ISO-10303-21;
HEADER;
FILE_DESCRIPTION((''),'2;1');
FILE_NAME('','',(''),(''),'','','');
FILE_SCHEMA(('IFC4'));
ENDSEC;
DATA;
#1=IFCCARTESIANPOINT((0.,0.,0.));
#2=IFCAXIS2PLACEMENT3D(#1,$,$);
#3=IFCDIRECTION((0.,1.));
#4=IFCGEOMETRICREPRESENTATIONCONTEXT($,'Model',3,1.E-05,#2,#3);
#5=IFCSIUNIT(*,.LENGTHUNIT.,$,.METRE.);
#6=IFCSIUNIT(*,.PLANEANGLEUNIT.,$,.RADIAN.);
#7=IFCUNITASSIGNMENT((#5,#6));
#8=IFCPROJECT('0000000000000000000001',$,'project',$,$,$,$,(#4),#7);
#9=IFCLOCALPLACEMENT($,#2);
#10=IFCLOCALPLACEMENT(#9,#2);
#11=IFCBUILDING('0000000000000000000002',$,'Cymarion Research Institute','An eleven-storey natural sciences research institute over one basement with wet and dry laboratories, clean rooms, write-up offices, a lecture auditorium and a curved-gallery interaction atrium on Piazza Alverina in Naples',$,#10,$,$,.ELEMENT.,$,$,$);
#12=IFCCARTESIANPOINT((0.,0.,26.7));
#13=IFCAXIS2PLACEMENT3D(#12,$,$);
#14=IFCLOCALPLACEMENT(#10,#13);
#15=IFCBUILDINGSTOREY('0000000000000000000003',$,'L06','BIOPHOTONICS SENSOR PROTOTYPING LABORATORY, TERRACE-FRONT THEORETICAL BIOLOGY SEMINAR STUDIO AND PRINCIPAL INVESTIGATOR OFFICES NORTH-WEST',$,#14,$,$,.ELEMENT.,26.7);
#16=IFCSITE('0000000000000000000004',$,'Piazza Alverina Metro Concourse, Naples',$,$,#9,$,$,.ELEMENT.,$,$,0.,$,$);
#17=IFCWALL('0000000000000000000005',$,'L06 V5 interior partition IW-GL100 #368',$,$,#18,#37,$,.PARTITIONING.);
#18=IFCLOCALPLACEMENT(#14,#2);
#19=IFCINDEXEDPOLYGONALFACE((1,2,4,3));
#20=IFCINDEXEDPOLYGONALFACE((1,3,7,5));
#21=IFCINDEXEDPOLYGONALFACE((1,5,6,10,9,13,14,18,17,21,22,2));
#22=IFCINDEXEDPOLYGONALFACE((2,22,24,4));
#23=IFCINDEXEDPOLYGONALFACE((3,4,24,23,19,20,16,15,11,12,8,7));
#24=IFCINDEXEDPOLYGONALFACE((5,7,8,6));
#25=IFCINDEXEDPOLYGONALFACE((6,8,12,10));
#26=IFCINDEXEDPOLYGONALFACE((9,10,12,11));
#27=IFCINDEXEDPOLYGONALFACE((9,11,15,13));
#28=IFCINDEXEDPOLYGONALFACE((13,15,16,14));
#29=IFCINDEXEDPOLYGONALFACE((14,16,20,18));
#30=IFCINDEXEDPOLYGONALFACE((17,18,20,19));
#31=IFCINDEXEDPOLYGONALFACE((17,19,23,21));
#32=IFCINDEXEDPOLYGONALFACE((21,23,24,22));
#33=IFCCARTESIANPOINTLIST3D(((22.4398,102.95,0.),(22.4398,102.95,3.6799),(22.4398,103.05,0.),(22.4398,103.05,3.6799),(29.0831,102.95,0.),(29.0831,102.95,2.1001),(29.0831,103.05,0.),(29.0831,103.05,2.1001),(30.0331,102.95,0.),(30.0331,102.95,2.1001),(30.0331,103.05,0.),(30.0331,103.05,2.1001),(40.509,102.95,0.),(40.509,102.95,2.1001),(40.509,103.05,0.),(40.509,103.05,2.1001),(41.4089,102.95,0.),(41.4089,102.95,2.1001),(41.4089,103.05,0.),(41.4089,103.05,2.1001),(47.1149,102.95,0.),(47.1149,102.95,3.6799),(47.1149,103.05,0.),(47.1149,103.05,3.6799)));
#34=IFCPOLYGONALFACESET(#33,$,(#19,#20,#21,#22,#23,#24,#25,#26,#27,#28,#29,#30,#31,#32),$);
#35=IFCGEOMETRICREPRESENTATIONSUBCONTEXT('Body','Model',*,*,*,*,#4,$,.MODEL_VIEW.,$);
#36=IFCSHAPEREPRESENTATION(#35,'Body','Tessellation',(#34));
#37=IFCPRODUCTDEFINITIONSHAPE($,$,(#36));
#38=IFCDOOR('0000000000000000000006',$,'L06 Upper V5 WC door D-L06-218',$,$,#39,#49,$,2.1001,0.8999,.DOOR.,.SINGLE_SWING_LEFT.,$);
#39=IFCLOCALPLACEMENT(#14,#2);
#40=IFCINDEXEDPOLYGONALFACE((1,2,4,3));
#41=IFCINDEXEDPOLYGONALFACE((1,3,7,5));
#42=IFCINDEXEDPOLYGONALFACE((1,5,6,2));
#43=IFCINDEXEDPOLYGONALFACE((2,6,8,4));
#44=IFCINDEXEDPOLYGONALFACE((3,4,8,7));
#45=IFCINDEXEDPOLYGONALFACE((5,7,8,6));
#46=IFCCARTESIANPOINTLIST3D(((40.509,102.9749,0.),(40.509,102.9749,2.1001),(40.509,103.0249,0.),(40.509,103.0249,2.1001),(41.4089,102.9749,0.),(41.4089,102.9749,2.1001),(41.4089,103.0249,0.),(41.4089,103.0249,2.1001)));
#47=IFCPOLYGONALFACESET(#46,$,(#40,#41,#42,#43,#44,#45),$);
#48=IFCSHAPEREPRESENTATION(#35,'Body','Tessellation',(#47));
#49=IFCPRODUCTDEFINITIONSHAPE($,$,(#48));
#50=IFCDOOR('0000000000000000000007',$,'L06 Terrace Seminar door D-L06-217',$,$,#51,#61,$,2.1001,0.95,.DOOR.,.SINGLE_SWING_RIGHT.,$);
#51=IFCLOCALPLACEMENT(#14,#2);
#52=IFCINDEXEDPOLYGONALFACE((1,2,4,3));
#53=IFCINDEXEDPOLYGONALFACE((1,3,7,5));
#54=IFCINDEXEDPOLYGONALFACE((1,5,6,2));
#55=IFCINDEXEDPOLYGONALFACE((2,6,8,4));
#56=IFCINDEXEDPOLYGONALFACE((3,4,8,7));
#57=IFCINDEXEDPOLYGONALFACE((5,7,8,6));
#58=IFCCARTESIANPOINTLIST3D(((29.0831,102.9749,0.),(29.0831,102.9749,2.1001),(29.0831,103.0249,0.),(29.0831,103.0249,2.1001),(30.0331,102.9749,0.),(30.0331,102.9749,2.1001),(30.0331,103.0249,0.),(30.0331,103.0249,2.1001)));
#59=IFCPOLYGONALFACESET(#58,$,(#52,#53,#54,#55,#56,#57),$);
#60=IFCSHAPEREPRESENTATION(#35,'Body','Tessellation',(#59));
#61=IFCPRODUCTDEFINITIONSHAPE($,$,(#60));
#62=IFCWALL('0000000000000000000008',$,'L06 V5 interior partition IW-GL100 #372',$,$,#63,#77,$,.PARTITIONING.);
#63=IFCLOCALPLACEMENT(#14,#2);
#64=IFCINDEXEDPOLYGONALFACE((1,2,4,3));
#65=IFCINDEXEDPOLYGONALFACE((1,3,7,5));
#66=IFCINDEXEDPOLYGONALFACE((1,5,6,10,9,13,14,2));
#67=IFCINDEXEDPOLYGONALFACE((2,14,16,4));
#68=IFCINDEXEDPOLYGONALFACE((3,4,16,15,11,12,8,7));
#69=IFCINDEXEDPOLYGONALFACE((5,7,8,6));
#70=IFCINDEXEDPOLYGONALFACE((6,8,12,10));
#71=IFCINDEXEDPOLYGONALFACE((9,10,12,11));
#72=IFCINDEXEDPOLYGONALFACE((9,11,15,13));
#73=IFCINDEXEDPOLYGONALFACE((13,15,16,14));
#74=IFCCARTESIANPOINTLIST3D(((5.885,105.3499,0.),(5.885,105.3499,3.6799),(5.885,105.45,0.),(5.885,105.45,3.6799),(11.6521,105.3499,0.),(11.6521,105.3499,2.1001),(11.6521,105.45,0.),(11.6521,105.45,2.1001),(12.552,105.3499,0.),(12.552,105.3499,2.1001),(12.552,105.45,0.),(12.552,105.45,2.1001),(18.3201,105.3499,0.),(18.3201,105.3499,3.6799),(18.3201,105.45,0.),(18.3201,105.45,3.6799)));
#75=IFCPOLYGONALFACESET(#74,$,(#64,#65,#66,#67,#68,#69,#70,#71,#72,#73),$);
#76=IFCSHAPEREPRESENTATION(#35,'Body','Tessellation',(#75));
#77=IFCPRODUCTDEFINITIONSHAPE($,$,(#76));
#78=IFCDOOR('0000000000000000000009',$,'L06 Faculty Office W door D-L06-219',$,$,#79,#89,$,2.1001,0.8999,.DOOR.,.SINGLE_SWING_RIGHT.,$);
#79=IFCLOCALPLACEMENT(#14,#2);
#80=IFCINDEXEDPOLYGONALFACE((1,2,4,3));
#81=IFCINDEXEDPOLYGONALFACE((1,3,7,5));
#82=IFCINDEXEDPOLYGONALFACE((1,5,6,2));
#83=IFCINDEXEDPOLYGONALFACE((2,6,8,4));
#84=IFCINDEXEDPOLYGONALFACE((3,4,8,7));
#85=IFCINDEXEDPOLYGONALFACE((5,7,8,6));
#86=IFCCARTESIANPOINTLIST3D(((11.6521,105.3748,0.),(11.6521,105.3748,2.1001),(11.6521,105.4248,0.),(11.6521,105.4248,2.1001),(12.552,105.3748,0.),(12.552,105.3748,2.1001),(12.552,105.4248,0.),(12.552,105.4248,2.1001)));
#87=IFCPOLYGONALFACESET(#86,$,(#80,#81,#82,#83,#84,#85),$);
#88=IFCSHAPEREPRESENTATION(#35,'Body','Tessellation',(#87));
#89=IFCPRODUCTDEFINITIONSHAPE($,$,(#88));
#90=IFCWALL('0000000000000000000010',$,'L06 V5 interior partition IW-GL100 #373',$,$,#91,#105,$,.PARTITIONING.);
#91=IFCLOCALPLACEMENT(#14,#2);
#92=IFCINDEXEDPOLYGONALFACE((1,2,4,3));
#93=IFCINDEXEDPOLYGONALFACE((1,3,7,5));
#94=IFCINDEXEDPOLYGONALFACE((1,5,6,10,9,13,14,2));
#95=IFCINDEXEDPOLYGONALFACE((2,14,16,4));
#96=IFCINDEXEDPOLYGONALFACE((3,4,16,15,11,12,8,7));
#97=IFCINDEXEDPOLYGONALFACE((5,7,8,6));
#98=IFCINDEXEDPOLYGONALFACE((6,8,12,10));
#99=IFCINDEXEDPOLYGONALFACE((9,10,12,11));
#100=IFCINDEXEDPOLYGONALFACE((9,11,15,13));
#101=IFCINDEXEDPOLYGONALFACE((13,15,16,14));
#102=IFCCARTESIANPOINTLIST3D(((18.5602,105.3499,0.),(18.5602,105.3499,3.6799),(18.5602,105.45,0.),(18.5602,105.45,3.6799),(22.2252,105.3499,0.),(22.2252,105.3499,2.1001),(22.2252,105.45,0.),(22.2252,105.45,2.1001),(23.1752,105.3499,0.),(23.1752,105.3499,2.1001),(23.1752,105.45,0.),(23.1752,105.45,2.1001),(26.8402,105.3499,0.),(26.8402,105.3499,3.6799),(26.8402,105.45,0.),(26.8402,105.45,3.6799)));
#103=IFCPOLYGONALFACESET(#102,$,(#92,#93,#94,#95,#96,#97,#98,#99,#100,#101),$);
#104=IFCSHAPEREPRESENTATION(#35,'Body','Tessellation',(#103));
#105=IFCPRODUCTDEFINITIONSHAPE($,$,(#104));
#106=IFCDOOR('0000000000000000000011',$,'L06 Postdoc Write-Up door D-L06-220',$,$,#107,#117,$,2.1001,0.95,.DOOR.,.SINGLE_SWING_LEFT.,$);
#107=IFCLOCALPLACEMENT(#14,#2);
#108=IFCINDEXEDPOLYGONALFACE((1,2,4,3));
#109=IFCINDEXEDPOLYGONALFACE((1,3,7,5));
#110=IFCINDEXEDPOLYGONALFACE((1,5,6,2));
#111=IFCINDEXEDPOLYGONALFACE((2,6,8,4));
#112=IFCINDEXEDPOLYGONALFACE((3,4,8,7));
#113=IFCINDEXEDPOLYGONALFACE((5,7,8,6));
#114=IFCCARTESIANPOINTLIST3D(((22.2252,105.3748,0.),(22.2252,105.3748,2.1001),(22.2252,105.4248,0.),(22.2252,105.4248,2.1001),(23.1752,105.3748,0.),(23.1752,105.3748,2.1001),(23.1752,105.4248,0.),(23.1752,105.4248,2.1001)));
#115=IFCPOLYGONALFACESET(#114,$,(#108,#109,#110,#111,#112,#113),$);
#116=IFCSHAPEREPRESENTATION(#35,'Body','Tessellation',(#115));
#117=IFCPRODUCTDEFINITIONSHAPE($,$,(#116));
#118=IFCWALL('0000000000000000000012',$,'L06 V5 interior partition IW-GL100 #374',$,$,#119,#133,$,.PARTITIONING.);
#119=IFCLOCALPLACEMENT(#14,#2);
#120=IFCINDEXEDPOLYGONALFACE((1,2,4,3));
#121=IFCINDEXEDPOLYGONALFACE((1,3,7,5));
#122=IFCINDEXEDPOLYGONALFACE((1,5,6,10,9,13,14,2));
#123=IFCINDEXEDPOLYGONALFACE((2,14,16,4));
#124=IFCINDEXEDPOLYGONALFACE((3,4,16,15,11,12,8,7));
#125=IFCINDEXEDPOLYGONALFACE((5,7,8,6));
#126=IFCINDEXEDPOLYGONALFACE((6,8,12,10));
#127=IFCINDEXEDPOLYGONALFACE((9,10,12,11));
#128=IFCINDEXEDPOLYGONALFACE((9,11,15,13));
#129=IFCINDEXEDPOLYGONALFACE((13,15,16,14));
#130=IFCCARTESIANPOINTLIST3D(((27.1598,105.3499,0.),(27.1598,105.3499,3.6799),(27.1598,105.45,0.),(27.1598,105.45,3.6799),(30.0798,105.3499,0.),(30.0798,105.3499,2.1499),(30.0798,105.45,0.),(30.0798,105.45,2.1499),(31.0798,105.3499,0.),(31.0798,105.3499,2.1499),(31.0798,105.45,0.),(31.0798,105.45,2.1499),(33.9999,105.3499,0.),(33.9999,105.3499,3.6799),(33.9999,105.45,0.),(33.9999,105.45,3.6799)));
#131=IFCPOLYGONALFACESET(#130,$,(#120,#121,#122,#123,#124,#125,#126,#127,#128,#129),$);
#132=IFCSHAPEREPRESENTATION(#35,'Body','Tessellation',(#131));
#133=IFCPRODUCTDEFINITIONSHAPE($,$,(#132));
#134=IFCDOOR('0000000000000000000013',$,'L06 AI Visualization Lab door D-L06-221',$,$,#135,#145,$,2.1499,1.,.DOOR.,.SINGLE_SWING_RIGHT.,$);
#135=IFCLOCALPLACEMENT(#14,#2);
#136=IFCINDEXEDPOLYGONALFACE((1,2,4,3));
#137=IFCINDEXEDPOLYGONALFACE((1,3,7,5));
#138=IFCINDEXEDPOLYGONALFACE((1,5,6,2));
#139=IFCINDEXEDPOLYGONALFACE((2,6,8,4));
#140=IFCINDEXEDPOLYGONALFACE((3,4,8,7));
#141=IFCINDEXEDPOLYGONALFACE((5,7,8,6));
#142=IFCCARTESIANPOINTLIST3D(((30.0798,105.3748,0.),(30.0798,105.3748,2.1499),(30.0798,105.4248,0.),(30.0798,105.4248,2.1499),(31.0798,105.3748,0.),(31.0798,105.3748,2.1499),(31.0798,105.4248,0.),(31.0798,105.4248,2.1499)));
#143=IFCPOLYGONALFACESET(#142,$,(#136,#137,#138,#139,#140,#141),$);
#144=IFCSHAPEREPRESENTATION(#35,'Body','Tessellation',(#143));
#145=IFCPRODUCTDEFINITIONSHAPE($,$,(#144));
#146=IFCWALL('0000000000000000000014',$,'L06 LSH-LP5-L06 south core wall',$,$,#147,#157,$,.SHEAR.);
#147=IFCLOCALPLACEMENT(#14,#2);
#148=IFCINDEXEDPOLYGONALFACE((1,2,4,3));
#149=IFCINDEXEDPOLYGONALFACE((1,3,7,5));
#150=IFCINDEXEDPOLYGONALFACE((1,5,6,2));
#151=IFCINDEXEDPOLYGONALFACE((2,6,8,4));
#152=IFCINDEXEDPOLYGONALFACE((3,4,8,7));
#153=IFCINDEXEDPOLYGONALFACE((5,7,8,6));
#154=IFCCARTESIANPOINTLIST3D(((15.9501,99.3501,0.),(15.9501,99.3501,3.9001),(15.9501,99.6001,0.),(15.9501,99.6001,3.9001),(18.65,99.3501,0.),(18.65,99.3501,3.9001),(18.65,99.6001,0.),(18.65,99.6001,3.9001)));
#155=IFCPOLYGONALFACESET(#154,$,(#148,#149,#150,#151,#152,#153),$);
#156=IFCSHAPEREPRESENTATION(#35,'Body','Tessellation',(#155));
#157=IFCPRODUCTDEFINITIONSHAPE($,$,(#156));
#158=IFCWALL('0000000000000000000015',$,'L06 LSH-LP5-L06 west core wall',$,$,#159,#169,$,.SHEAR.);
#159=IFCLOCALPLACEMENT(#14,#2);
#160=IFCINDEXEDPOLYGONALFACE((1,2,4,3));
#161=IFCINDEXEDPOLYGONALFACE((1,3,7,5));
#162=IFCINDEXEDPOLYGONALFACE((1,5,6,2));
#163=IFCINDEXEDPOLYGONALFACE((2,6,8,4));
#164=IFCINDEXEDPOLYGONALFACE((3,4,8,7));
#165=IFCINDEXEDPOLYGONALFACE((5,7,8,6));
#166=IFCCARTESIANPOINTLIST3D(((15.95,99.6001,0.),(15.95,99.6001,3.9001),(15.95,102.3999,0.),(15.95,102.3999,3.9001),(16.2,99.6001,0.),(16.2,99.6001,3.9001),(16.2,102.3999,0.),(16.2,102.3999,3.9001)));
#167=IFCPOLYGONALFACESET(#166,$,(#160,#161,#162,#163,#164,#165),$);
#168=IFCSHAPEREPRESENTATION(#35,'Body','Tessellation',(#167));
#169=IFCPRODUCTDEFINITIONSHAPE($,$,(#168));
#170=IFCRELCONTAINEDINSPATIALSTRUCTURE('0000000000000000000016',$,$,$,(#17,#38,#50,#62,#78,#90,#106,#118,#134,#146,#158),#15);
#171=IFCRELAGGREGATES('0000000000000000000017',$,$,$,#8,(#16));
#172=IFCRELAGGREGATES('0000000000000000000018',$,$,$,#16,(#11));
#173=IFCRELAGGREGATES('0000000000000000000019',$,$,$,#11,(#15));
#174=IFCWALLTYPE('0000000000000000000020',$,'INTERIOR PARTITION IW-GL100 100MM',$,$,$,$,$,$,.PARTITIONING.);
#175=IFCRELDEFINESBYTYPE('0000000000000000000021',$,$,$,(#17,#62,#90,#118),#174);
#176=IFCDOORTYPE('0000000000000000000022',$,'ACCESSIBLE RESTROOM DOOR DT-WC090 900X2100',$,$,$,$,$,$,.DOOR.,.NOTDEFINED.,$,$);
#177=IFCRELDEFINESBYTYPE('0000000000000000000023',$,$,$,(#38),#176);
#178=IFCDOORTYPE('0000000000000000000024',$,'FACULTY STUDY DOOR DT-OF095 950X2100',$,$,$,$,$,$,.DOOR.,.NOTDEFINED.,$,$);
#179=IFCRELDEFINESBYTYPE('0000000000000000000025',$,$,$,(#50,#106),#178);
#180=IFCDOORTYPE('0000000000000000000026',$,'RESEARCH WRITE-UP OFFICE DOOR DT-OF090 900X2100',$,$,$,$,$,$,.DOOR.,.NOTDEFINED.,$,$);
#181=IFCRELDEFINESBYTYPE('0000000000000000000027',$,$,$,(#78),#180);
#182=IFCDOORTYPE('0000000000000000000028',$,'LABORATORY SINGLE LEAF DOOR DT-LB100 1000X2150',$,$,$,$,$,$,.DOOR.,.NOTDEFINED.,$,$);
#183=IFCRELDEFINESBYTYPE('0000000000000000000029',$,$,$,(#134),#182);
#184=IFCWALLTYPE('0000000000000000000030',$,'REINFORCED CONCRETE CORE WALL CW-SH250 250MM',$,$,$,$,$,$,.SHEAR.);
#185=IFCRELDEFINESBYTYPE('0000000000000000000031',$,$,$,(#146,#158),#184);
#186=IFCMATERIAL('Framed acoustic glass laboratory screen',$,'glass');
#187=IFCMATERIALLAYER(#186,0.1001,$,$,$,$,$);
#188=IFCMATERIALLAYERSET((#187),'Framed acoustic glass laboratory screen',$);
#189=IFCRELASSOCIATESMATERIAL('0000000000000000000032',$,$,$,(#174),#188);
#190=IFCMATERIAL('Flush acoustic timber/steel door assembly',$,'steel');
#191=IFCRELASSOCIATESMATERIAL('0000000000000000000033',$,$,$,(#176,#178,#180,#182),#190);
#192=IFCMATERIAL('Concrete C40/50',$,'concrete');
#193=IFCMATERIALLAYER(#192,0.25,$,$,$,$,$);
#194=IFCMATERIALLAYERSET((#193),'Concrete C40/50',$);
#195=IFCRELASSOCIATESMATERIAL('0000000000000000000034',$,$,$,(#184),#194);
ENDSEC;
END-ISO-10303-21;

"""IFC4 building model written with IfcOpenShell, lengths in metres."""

from ifc_helpers import new_model, si_unit, direction, frame, frame_2d, origin, place, context, subcontext, project, spatial, rectangle, extrude, material, layer, layer_set, type_object, element, fill, save


model = new_model("IFC4")

# Units and contexts
model_context = context("Model", 3, precision=1e-05, world=origin(), true_north=direction((0.0, 1.0)))
body_context = subcontext(model_context, "Body", "Model", "MODEL_VIEW")
ifc_project = project(units=[si_unit("LENGTHUNIT", "METRE"), si_unit("PLANEANGLEUNIT", "RADIAN")], contexts=[model_context])

# Site, building, storey
site_placement = place(None, origin())
site = spatial("IfcSite", under=ifc_project, at=site_placement, Name="Piazza Alverina Metro Concourse, Naples", CompositionType="ELEMENT", RefElevation=0.0)
building_placement = place(site_placement, origin())
building = spatial("IfcBuilding", under=site, at=building_placement, Name="Cymarion Research Institute", Description="An eleven-storey natural sciences research institute over one basement with wet and dry laboratories, clean rooms, write-up offices, a lecture auditorium and a curved-gallery interaction atrium on Piazza Alverina in Naples", CompositionType="ELEMENT")
storey_placement = place(building_placement, frame((0.0, 0.0, 26.7)))
storey = spatial("IfcBuildingStorey", under=building, at=storey_placement, Name="L06", Description="BIOPHOTONICS SENSOR PROTOTYPING LABORATORY, TERRACE-FRONT THEORETICAL BIOLOGY SEMINAR STUDIO AND PRINCIPAL INVESTIGATOR OFFICES NORTH-WEST", CompositionType="ELEMENT", Elevation=26.7)

# Wall, openings, doors
ifc_material_1 = material(Name="Framed acoustic glass laboratory screen", Category="glass")
ifc_layer_1 = layer(ifc_material_1, 0.1001)
ifc_layer_set_1 = layer_set([ifc_layer_1], Name="Framed acoustic glass laboratory screen")
wall_type_1 = type_object("IfcWallType", Name="INTERIOR PARTITION IW-GL100 100MM", PredefinedType="PARTITIONING", material=ifc_layer_set_1)
wall_1_placement = place(storey_placement, frame((22.4399, 103.0, 0.0), z_axis=(0.0, 0.0, 1.0), x_axis=(1.0, 0.0, 0.0)))
wall_1 = element("IfcWall", 1, at=wall_1_placement, inside=storey, type_object=wall_type_1, Name="L06 V5 interior partition IW-GL100 #368", PredefinedType="PARTITIONING", context=body_context, shape_type="SweptSolid", body=[
    extrude(rectangle(XDim=24.675, YDim=0.1001, at=frame_2d((12.3374, 0.0))), origin(), (0.0, 0.0, 1.0), 3.6799),
])
opening_1_placement = place(wall_1_placement, frame((6.6431, 0.0, 0.0)))
opening_1 = element("IfcOpeningElement", 2, at=opening_1_placement, cuts=wall_1, PredefinedType="OPENING", context=body_context, shape_type="SweptSolid", body=[
    extrude(rectangle(XDim=0.95, YDim=2.1001, at=frame_2d((0.4751, 1.05))), frame((0.0, 0.0601, 0.0), z_axis=(0.0, -1.0, 0.0), x_axis=(1.0, 0.0, 0.0)), (0.0, 0.0, 1.0), 0.1201),
])
opening_2_placement = place(wall_1_placement, frame((18.0691, 0.0, 0.0)))
opening_2 = element("IfcOpeningElement", 3, at=opening_2_placement, cuts=wall_1, PredefinedType="OPENING", context=body_context, shape_type="SweptSolid", body=[
    extrude(rectangle(XDim=0.8999, YDim=2.1001, at=frame_2d((0.45, 1.05))), frame((0.0, 0.0601, 0.0), z_axis=(0.0, -1.0, 0.0), x_axis=(1.0, 0.0, 0.0)), (0.0, 0.0, 1.0), 0.1201),
])
ifc_material_2 = material(Name="Flush acoustic timber/steel door assembly", Category="steel")
door_type_1 = type_object("IfcDoorType", Name="ACCESSIBLE RESTROOM DOOR DT-WC090 900X2100", OperationType="NOTDEFINED", PredefinedType="DOOR", material=ifc_material_2)
door_1_placement = place(opening_2_placement, origin())
door_1 = element("IfcDoor", 4, at=door_1_placement, inside=storey, type_object=door_type_1, Name="L06 Upper V5 WC door D-L06-218", OperationType="SINGLE_SWING_LEFT", OverallHeight=2.1001, OverallWidth=0.8999, PredefinedType="DOOR", context=body_context, shape_type="SweptSolid", body=[
    extrude(rectangle(XDim=0.8999, YDim=2.1001, at=frame_2d((0.45, 1.05))), frame((0.0, 0.0249, 0.0), z_axis=(0.0, -1.0, 0.0), x_axis=(1.0, 0.0, 0.0)), (0.0, 0.0, 1.0), 0.05),
])
fill(opening_2, door_1)
door_type_2 = type_object("IfcDoorType", Name="FACULTY STUDY DOOR DT-OF095 950X2100", OperationType="NOTDEFINED", PredefinedType="DOOR", material=ifc_material_2)
door_2_placement = place(opening_1_placement, origin())
door_2 = element("IfcDoor", 5, at=door_2_placement, inside=storey, type_object=door_type_2, Name="L06 Terrace Seminar door D-L06-217", OperationType="SINGLE_SWING_RIGHT", OverallHeight=2.1001, OverallWidth=0.95, PredefinedType="DOOR", context=body_context, shape_type="SweptSolid", body=[
    extrude(rectangle(XDim=0.95, YDim=2.1001, at=frame_2d((0.4751, 1.05))), frame((0.0, 0.0249, 0.0), z_axis=(0.0, -1.0, 0.0), x_axis=(1.0, 0.0, 0.0)), (0.0, 0.0, 1.0), 0.05),
])
fill(opening_1, door_2)

# Walls, openings, doors
wall_2_placement = place(storey_placement, frame((5.885, 105.3999, 0.0), z_axis=(0.0, 0.0, 1.0), x_axis=(1.0, 0.0, 0.0)))
wall_2 = element("IfcWall", 6, at=wall_2_placement, inside=storey, type_object=wall_type_1, Name="L06 V5 interior partition IW-GL100 #372", PredefinedType="PARTITIONING", context=body_context, shape_type="SweptSolid", body=[
    extrude(rectangle(XDim=12.4351, YDim=0.1001, at=frame_2d((6.2175, 0.0))), origin(), (0.0, 0.0, 1.0), 3.6799),
])
opening_3_placement = place(wall_2_placement, frame((5.7671, 0.0, 0.0)))
opening_3 = element("IfcOpeningElement", 7, at=opening_3_placement, cuts=wall_2, PredefinedType="OPENING", context=body_context, shape_type="SweptSolid", body=[
    extrude(rectangle(XDim=0.8999, YDim=2.1001, at=frame_2d((0.45, 1.05))), frame((0.0, 0.0601, 0.0), z_axis=(0.0, -1.0, 0.0), x_axis=(1.0, 0.0, 0.0)), (0.0, 0.0, 1.0), 0.1201),
])
door_type_3 = type_object("IfcDoorType", Name="RESEARCH WRITE-UP OFFICE DOOR DT-OF090 900X2100", OperationType="NOTDEFINED", PredefinedType="DOOR", material=ifc_material_2)
door_3_placement = place(opening_3_placement, origin())
door_3 = element("IfcDoor", 8, at=door_3_placement, inside=storey, type_object=door_type_3, Name="L06 Faculty Office W door D-L06-219", OperationType="SINGLE_SWING_RIGHT", OverallHeight=2.1001, OverallWidth=0.8999, PredefinedType="DOOR", context=body_context, shape_type="SweptSolid", body=[
    extrude(rectangle(XDim=0.8999, YDim=2.1001, at=frame_2d((0.45, 1.05))), frame((0.0, 0.0249, 0.0), z_axis=(0.0, -1.0, 0.0), x_axis=(1.0, 0.0, 0.0)), (0.0, 0.0, 1.0), 0.05),
])
fill(opening_3, door_3)
wall_3_placement = place(storey_placement, frame((18.5601, 105.3999, 0.0), z_axis=(0.0, 0.0, 1.0), x_axis=(1.0, 0.0, 0.0)))
wall_3 = element("IfcWall", 9, at=wall_3_placement, inside=storey, type_object=wall_type_1, Name="L06 V5 interior partition IW-GL100 #373", PredefinedType="PARTITIONING", context=body_context, shape_type="SweptSolid", body=[
    extrude(rectangle(XDim=8.28, YDim=0.1001, at=frame_2d((4.1401, 0.0))), origin(), (0.0, 0.0, 1.0), 3.6799),
])
opening_4_placement = place(wall_3_placement, frame((3.665, 0.0, 0.0)))
opening_4 = element("IfcOpeningElement", 10, at=opening_4_placement, cuts=wall_3, PredefinedType="OPENING", context=body_context, shape_type="SweptSolid", body=[
    extrude(rectangle(XDim=0.95, YDim=2.1001, at=frame_2d((0.4751, 1.05))), frame((0.0, 0.0601, 0.0), z_axis=(0.0, -1.0, 0.0), x_axis=(1.0, 0.0, 0.0)), (0.0, 0.0, 1.0), 0.1201),
])
door_4_placement = place(opening_4_placement, origin())
door_4 = element("IfcDoor", 11, at=door_4_placement, inside=storey, type_object=door_type_2, Name="L06 Postdoc Write-Up door D-L06-220", OperationType="SINGLE_SWING_LEFT", OverallHeight=2.1001, OverallWidth=0.95, PredefinedType="DOOR", context=body_context, shape_type="SweptSolid", body=[
    extrude(rectangle(XDim=0.95, YDim=2.1001, at=frame_2d((0.4751, 1.05))), frame((0.0, 0.0249, 0.0), z_axis=(0.0, -1.0, 0.0), x_axis=(1.0, 0.0, 0.0)), (0.0, 0.0, 1.0), 0.05),
])
fill(opening_4, door_4)
wall_4_placement = place(storey_placement, frame((27.1599, 105.3999, 0.0), z_axis=(0.0, 0.0, 1.0), x_axis=(1.0, 0.0, 0.0)))
wall_4 = element("IfcWall", 12, at=wall_4_placement, inside=storey, type_object=wall_type_1, Name="L06 V5 interior partition IW-GL100 #374", PredefinedType="PARTITIONING", context=body_context, shape_type="SweptSolid", body=[
    extrude(rectangle(XDim=6.8401, YDim=0.1001, at=frame_2d((3.4199, 0.0))), origin(), (0.0, 0.0, 1.0), 3.6799),
])
opening_5_placement = place(wall_4_placement, frame((2.9199, 0.0, 0.0)))
opening_5 = element("IfcOpeningElement", 13, at=opening_5_placement, cuts=wall_4, PredefinedType="OPENING", context=body_context, shape_type="SweptSolid", body=[
    extrude(rectangle(XDim=1.0, YDim=2.1499, at=frame_2d((0.5, 1.075))), frame((0.0, 0.0601, 0.0), z_axis=(0.0, -1.0, 0.0), x_axis=(1.0, 0.0, 0.0)), (0.0, 0.0, 1.0), 0.1201),
])
door_type_4 = type_object("IfcDoorType", Name="LABORATORY SINGLE LEAF DOOR DT-LB100 1000X2150", OperationType="NOTDEFINED", PredefinedType="DOOR", material=ifc_material_2)
door_5_placement = place(opening_5_placement, origin())
door_5 = element("IfcDoor", 14, at=door_5_placement, inside=storey, type_object=door_type_4, Name="L06 AI Visualization Lab door D-L06-221", OperationType="SINGLE_SWING_RIGHT", OverallHeight=2.1499, OverallWidth=1.0, PredefinedType="DOOR", context=body_context, shape_type="SweptSolid", body=[
    extrude(rectangle(XDim=1.0, YDim=2.1499, at=frame_2d((0.5, 1.075))), frame((0.0, 0.0249, 0.0), z_axis=(0.0, -1.0, 0.0), x_axis=(1.0, 0.0, 0.0)), (0.0, 0.0, 1.0), 0.05),
])
fill(opening_5, door_5)

# Wall
ifc_material_3 = material(Name="Concrete C40/50", Category="concrete")
ifc_layer_2 = layer(ifc_material_3, 0.25)
ifc_layer_set_2 = layer_set([ifc_layer_2], Name="Concrete C40/50")
wall_type_2 = type_object("IfcWallType", Name="REINFORCED CONCRETE CORE WALL CW-SH250 250MM", PredefinedType="SHEAR", material=ifc_layer_set_2)
wall_5_placement = place(storey_placement, frame((15.95, 99.4751, 0.0), z_axis=(0.0, 0.0, 1.0), x_axis=(1.0, 0.0, 0.0)))
element("IfcWall", 15, at=wall_5_placement, inside=storey, type_object=wall_type_2, Name="L06 LSH-LP5-L06 south core wall", PredefinedType="SHEAR", context=body_context, shape_type="SweptSolid", body=[
    extrude(rectangle(XDim=2.7, YDim=0.25, at=frame_2d((1.3501, 0.0))), origin(), (0.0, 0.0, 1.0), 3.9001),
])

# Wall
for number, where, z_axis, x_axis, name in (
    (16, (16.075, 102.3999, 0.0), (0.0, 0.0, 1.0), (0.0, -1.0, 0.0), "L06 LSH-LP5-L06 west core wall"),
):
    element("IfcWall", number, at=place(storey_placement, frame(where, z_axis=z_axis, x_axis=x_axis)), inside=storey, type_object=wall_type_2, Name=name, PredefinedType="SHEAR", context=body_context, shape_type="SweptSolid", body=[
        extrude(rectangle(XDim=2.7998, YDim=0.25, at=frame_2d((1.3999, 0.0))), origin(), (0.0, 0.0, 1.0), 3.9001),
    ])

save(model, "model.ifc")
